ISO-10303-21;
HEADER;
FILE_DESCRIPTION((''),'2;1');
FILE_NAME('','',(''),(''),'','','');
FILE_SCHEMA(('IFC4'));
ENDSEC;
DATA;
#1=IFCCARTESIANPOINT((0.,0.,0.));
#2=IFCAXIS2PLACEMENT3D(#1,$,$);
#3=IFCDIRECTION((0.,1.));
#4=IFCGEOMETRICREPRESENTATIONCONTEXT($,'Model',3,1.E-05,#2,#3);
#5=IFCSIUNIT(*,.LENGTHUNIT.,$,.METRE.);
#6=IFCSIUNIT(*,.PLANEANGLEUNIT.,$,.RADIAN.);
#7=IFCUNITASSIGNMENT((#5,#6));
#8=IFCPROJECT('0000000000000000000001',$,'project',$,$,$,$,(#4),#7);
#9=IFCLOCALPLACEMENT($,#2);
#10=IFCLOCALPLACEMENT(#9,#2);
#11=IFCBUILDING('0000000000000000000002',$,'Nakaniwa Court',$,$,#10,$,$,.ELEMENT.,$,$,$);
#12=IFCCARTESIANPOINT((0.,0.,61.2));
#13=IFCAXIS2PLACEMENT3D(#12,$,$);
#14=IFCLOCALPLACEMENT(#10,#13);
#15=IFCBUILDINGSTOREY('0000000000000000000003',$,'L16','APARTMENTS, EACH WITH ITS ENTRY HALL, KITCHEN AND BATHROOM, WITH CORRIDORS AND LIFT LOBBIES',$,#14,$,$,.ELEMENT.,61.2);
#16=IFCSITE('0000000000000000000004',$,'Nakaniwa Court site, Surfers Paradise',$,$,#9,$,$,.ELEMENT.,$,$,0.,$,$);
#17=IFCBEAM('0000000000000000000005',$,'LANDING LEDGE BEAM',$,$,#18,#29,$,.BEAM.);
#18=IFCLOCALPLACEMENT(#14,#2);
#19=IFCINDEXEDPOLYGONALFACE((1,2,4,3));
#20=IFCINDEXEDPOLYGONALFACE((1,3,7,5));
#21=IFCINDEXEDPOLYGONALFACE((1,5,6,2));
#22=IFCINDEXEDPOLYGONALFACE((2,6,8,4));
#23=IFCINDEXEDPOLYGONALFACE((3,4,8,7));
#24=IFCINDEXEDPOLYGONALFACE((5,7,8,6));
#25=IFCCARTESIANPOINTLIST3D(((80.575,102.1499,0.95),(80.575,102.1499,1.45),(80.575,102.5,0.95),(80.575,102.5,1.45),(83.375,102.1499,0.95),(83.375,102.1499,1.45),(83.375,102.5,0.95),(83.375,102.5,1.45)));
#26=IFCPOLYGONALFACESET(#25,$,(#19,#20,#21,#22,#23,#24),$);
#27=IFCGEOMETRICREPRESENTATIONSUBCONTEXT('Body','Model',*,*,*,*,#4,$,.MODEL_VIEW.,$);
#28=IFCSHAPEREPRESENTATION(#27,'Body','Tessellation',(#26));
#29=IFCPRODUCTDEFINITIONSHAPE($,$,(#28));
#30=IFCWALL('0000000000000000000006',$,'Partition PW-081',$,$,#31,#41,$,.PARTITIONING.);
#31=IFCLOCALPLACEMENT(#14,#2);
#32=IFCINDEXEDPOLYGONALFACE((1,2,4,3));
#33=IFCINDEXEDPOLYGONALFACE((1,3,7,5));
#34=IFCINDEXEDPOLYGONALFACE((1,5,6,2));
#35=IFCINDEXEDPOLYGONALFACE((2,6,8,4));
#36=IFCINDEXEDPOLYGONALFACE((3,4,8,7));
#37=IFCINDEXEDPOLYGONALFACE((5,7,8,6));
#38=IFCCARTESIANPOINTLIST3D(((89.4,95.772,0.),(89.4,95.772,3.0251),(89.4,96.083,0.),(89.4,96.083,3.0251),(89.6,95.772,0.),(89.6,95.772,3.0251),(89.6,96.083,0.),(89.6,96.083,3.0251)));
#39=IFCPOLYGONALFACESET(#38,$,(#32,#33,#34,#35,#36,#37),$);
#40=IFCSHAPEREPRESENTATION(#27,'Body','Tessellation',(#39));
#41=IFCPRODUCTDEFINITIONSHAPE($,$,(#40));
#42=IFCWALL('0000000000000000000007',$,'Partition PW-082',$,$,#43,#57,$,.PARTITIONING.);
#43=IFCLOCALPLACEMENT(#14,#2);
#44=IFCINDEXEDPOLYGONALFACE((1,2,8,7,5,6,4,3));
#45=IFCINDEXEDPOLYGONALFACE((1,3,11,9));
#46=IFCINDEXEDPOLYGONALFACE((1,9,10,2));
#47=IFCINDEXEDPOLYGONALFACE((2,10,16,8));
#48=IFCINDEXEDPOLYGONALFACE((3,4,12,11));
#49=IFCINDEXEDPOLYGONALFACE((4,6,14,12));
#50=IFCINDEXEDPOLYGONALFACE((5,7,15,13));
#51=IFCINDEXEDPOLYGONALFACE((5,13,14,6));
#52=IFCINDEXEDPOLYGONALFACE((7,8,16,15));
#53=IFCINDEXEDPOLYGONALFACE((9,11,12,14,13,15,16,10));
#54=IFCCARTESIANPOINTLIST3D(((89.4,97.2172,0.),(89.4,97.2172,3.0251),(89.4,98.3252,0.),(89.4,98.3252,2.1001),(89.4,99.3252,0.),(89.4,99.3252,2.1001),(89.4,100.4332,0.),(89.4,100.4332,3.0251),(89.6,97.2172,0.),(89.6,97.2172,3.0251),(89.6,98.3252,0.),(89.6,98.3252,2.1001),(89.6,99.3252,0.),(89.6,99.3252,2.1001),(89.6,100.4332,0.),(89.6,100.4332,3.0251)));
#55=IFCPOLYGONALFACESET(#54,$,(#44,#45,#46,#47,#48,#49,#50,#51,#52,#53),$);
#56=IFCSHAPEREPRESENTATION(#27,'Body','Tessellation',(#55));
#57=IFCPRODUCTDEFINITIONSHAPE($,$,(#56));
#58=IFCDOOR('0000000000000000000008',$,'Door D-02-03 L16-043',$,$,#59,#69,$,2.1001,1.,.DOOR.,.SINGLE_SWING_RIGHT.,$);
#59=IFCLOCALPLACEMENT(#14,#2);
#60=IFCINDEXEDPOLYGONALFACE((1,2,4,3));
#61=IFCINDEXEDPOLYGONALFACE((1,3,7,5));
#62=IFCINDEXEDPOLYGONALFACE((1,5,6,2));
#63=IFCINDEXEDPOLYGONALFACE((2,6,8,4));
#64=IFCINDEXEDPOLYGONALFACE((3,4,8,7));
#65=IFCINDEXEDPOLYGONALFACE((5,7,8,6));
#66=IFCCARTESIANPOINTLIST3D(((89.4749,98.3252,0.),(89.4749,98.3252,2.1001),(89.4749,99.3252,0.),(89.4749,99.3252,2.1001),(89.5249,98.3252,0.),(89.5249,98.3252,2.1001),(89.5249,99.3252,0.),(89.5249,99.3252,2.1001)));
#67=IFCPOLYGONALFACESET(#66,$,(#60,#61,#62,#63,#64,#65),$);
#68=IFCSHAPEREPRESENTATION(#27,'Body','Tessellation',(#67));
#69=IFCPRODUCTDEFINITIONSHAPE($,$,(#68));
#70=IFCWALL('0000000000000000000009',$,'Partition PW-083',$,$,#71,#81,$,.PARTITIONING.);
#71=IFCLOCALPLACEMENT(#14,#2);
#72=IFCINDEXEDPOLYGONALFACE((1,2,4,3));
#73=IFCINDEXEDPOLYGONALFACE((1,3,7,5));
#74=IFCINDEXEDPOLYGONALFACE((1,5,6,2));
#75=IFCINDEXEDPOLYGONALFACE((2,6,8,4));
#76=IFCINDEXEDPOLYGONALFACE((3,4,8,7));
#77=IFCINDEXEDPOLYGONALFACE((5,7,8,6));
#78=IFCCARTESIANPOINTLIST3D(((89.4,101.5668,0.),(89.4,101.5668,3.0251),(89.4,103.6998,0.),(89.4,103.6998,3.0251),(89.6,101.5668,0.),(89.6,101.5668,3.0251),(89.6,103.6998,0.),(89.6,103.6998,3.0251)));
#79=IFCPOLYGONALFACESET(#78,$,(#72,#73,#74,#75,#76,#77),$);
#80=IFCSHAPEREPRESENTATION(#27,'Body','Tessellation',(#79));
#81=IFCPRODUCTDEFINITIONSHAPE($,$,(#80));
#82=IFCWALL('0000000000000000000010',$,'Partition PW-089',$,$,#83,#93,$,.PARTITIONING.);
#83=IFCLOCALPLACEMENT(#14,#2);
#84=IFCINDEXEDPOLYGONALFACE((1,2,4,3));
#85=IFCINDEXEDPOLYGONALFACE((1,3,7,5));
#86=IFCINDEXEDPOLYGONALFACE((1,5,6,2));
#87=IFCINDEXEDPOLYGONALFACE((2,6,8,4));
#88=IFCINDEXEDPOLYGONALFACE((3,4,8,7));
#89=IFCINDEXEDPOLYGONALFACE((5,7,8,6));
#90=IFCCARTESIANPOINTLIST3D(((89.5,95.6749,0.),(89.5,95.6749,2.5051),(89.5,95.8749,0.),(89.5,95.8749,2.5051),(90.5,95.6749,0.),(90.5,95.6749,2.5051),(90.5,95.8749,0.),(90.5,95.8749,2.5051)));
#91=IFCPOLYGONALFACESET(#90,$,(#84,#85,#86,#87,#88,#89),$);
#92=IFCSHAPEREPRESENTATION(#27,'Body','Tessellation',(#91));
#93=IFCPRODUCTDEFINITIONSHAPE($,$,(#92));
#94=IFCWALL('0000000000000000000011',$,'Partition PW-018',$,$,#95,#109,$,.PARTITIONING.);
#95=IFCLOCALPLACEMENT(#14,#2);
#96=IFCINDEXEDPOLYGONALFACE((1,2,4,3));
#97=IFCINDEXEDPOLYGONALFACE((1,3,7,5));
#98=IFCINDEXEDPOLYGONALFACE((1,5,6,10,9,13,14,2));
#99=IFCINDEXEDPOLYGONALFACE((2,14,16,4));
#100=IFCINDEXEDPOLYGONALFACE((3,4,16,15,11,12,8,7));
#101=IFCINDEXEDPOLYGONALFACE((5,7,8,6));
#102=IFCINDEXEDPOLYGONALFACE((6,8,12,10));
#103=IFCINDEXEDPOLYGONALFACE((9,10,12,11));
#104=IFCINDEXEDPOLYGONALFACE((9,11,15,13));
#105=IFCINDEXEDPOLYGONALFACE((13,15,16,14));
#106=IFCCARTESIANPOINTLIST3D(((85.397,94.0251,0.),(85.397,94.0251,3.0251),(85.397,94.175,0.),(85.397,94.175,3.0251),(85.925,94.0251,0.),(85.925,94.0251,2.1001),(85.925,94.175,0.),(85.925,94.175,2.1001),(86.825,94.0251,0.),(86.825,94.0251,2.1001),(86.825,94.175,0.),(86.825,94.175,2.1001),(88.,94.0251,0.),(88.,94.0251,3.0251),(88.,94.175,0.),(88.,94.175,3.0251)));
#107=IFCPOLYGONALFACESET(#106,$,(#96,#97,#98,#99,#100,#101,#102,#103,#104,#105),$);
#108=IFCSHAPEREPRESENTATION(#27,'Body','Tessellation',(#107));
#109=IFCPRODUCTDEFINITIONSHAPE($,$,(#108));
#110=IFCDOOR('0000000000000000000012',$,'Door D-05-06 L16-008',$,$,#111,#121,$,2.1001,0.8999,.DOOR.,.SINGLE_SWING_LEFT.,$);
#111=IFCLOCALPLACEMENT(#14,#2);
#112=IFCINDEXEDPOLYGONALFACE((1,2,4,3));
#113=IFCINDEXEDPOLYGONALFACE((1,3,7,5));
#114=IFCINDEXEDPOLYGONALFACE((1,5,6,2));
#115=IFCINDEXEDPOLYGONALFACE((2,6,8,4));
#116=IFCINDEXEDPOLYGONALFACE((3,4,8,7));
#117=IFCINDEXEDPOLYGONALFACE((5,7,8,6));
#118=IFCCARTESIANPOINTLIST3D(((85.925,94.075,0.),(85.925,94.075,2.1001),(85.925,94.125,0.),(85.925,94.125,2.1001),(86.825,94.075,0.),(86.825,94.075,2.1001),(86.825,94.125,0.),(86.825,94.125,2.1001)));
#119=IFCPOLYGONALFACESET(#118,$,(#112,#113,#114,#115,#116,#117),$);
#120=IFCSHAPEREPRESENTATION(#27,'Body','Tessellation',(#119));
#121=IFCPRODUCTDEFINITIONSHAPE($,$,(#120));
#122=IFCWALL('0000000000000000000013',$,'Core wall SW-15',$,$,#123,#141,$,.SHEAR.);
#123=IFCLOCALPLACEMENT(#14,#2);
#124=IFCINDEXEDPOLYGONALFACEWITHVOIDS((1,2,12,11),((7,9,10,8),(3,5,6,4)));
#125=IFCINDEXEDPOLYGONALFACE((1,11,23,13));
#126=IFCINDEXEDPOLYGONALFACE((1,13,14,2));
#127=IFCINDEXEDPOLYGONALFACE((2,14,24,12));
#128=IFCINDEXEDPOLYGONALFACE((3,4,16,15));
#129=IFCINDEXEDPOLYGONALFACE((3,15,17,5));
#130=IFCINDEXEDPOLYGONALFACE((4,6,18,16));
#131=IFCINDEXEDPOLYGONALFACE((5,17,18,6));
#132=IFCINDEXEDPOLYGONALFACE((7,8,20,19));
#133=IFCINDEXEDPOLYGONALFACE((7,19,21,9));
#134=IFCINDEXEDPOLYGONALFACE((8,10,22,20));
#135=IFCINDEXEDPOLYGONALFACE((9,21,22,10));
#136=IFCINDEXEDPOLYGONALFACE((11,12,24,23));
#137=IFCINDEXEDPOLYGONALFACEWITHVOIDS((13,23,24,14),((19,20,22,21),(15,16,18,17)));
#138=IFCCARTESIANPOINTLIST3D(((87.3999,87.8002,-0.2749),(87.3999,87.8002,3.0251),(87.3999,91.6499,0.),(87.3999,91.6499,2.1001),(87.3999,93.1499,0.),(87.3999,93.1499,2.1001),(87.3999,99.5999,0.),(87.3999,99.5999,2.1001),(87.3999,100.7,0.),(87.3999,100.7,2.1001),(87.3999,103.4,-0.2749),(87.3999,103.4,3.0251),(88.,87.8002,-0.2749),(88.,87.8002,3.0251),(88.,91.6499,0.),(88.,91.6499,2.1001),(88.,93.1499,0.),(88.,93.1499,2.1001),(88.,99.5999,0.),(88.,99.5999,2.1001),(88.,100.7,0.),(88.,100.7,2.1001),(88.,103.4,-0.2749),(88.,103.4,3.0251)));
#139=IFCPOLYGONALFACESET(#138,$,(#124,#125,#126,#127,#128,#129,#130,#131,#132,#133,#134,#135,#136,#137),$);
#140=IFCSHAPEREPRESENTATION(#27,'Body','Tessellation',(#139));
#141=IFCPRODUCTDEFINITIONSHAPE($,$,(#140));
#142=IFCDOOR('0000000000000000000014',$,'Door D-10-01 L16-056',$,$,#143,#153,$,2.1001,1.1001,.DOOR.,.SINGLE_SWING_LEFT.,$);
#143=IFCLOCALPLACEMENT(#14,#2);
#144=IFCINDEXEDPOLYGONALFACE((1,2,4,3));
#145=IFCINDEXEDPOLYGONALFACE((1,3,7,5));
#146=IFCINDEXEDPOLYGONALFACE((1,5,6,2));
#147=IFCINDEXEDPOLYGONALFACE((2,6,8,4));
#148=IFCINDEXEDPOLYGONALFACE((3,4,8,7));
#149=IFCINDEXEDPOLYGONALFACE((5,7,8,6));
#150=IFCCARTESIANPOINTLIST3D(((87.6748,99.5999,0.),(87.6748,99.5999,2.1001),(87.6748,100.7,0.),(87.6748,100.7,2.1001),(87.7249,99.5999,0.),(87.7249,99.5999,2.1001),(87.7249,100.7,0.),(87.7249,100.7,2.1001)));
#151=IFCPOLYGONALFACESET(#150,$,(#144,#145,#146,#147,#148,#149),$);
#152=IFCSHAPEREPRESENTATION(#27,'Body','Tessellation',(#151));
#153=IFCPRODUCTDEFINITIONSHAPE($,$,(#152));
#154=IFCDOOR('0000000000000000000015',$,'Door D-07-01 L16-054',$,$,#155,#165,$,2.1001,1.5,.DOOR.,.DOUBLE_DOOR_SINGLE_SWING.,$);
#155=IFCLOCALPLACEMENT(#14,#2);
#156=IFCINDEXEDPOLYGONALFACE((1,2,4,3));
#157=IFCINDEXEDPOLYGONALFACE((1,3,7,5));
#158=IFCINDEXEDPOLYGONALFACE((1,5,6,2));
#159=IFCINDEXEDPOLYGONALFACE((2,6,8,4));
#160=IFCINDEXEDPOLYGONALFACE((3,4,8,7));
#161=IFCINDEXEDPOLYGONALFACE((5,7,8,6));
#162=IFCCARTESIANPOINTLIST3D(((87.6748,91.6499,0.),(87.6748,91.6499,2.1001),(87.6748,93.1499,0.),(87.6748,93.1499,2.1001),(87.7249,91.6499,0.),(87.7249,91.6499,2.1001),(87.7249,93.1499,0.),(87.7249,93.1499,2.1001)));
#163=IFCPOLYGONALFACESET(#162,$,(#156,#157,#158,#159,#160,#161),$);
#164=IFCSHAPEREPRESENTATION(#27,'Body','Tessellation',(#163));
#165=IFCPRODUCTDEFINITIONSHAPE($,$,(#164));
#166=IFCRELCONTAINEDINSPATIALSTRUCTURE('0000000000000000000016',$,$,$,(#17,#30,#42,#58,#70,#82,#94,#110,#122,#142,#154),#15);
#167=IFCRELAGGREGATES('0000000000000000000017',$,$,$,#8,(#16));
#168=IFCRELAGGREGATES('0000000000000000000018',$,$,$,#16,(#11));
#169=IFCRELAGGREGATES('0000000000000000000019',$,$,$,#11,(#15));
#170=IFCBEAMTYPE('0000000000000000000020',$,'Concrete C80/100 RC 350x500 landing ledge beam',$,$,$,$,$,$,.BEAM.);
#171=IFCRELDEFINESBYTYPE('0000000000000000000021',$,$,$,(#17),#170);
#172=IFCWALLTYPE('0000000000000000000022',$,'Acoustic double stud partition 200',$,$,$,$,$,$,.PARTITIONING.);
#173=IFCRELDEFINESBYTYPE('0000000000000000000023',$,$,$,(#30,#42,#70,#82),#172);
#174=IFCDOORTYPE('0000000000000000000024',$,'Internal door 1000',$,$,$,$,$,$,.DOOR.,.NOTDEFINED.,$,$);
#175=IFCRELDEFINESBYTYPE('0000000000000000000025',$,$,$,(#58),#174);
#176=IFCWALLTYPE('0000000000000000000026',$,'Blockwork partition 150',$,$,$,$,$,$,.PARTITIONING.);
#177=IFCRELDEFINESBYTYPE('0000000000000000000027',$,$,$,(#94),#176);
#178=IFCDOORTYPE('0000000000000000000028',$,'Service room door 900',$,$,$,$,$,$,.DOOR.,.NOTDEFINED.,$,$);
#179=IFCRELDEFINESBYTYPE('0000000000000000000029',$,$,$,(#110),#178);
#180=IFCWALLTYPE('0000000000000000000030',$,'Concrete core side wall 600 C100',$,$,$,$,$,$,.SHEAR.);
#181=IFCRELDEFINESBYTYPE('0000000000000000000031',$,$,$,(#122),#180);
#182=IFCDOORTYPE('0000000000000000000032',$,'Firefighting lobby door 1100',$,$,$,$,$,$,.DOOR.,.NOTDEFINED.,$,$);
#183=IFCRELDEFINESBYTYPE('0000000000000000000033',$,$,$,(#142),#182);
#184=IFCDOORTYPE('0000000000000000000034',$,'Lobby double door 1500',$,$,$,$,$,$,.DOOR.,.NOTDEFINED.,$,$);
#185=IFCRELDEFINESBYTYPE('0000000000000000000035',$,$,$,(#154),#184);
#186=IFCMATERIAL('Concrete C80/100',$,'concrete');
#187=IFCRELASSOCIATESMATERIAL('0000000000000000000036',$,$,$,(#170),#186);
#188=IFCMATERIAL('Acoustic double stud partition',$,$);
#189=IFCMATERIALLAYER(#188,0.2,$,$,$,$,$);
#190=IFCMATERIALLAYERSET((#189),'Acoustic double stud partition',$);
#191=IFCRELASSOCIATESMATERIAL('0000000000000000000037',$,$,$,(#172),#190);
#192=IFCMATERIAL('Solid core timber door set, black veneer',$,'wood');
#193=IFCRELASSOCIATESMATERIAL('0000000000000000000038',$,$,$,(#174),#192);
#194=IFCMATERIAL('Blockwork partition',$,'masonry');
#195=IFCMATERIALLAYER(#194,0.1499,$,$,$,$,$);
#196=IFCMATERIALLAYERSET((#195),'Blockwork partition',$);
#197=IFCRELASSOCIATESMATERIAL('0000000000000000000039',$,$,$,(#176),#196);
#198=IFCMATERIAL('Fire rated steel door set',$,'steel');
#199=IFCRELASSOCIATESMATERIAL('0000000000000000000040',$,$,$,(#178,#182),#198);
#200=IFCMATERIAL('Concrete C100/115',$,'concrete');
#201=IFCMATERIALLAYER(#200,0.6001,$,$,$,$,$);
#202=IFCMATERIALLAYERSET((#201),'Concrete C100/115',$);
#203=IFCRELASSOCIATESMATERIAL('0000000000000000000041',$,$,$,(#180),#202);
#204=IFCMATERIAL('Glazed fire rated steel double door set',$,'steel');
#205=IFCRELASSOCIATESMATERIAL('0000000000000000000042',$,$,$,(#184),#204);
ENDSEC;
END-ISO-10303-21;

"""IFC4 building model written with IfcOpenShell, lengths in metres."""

from ifc_helpers import new_model, si_unit, direction, frame, frame_2d, origin, origin_2d, place, context, subcontext, project, spatial, rectangle, extrude, material, layer, layer_set, material_profile, profile_set, type_object, element, fill, save


model = new_model("IFC4")

# Units and contexts
model_context = context("Model", 3, precision=1e-05, world=origin(), true_north=direction((0.0, 1.0)))
body_context = subcontext(model_context, "Body", "Model", "MODEL_VIEW")
ifc_project = project(units=[si_unit("LENGTHUNIT", "METRE"), si_unit("PLANEANGLEUNIT", "RADIAN")], contexts=[model_context])

# Site, building, storey
site_placement = place(None, origin())
site = spatial("IfcSite", under=ifc_project, at=site_placement, Name="Nakaniwa Court site, Surfers Paradise", CompositionType="ELEMENT", RefElevation=0.0)
building_placement = place(site_placement, origin())
building = spatial("IfcBuilding", under=site, at=building_placement, Name="Nakaniwa Court", CompositionType="ELEMENT")
storey_placement = place(building_placement, frame((0.0, 0.0, 61.2)))
storey = spatial("IfcBuildingStorey", under=building, at=storey_placement, Name="L16", Description="APARTMENTS, EACH WITH ITS ENTRY HALL, KITCHEN AND BATHROOM, WITH CORRIDORS AND LIFT LOBBIES", CompositionType="ELEMENT", Elevation=61.2)

# Beam
ifc_material_1 = material(Name="Concrete C80/100", Category="concrete")
ifc_material_profile = material_profile(ifc_material_1, rectangle(XDim=0.3501, YDim=0.5, at=origin_2d()), Name="Concrete C80/100 RC 350x500 landing ledge beam")
ifc_profile_set = profile_set([ifc_material_profile], Name="Concrete C80/100")
beam_type = type_object("IfcBeamType", Name="Concrete C80/100 RC 350x500 landing ledge beam", PredefinedType="BEAM", material=ifc_profile_set)
beam_placement = place(storey_placement, frame((80.575, 102.325, 1.2), z_axis=(1.0, 0.0, 0.0), x_axis=(0.0, 1.0, 0.0)))
element("IfcBeam", 1, at=beam_placement, inside=storey, type_object=beam_type, Name="LANDING LEDGE BEAM", PredefinedType="BEAM", context=body_context, shape_type="SweptSolid", body=[
    extrude(rectangle(XDim=0.3501, YDim=0.5, at=origin_2d()), origin(), (0.0, 0.0, 1.0), 2.8),
])

# Wall
ifc_material_2 = material(Name="Acoustic double stud partition")
ifc_layer_1 = layer(ifc_material_2, 0.2)
ifc_layer_set_1 = layer_set([ifc_layer_1], Name="Acoustic double stud partition")
wall_type_1 = type_object("IfcWallType", Name="Acoustic double stud partition 200", PredefinedType="PARTITIONING", material=ifc_layer_set_1)
wall_1_placement = place(storey_placement, frame((89.5, 95.772, 0.0), z_axis=(0.0, 0.0, 1.0), x_axis=(0.0, 1.0, 0.0)))
element("IfcWall", 2, at=wall_1_placement, inside=storey, type_object=wall_type_1, Name="Partition PW-081", PredefinedType="PARTITIONING", context=body_context, shape_type="SweptSolid", body=[
    extrude(rectangle(XDim=0.311, YDim=0.2, at=frame_2d((0.1555, 0.0))), origin(), (0.0, 0.0, 1.0), 3.0251),
])

# Wall, opening, door
wall_2_placement = place(storey_placement, frame((89.5, 100.4331, 0.0), z_axis=(0.0, 0.0, 1.0), x_axis=(0.0, -1.0, 0.0)))
wall_2 = element("IfcWall", 3, at=wall_2_placement, inside=storey, type_object=wall_type_1, Name="Partition PW-082", PredefinedType="PARTITIONING", context=body_context, shape_type="SweptSolid", body=[
    extrude(rectangle(XDim=3.2161, YDim=0.2, at=frame_2d((1.6079, 0.0))), origin(), (0.0, 0.0, 1.0), 3.0251),
])
opening_1_placement = place(wall_2_placement, frame((1.1079, 0.0, 0.0)))
opening_1 = element("IfcOpeningElement", 4, at=opening_1_placement, cuts=wall_2, PredefinedType="OPENING", context=body_context, shape_type="SweptSolid", body=[
    extrude(rectangle(XDim=1.0, YDim=2.1001, at=frame_2d((0.5, 1.05))), frame((0.0, 0.1099, 0.0), z_axis=(0.0, -1.0, 0.0), x_axis=(1.0, 0.0, 0.0)), (0.0, 0.0, 1.0), 0.22),
])
ifc_material_3 = material(Name="Solid core timber door set, black veneer", Category="wood")
door_type_1 = type_object("IfcDoorType", Name="Internal door 1000", OperationType="NOTDEFINED", PredefinedType="DOOR", material=ifc_material_3)
door_1_placement = place(opening_1_placement, origin())
door_1 = element("IfcDoor", 5, at=door_1_placement, inside=storey, type_object=door_type_1, Name="Door D-02-03 L16-043", OperationType="SINGLE_SWING_RIGHT", OverallHeight=2.1001, OverallWidth=1.0, PredefinedType="DOOR", context=body_context, shape_type="SweptSolid", body=[
    extrude(rectangle(XDim=1.0, YDim=2.1001, at=frame_2d((0.5, 1.05))), frame((0.0, 0.0249, 0.0), z_axis=(0.0, -1.0, 0.0), x_axis=(1.0, 0.0, 0.0)), (0.0, 0.0, 1.0), 0.05),
])
fill(opening_1, door_1)

# Walls
wall_3_placement = place(storey_placement, frame((89.5, 101.5669, 0.0), z_axis=(0.0, 0.0, 1.0), x_axis=(0.0, 1.0, 0.0)))
element("IfcWall", 6, at=wall_3_placement, inside=storey, type_object=wall_type_1, Name="Partition PW-083", PredefinedType="PARTITIONING", context=body_context, shape_type="SweptSolid", body=[
    extrude(rectangle(XDim=2.1331, YDim=0.2, at=frame_2d((1.0664, 0.0))), origin(), (0.0, 0.0, 1.0), 3.0251),
])
wall_4_placement = place(storey_placement, frame((89.5, 95.7749, 0.0), z_axis=(0.0, 0.0, 1.0), x_axis=(1.0, 0.0, 0.0)))
element("IfcWall", 7, at=wall_4_placement, inside=storey, type_object=wall_type_1, Name="Partition PW-089", PredefinedType="PARTITIONING", context=body_context, shape_type="SweptSolid", body=[
    extrude(rectangle(XDim=1.0, YDim=0.2, at=frame_2d((0.5, 0.0))), origin(), (0.0, 0.0, 1.0), 2.5051),
])

# Wall, opening, door
ifc_material_4 = material(Name="Blockwork partition", Category="masonry")
ifc_layer_2 = layer(ifc_material_4, 0.1499)
ifc_layer_set_2 = layer_set([ifc_layer_2], Name="Blockwork partition")
wall_type_2 = type_object("IfcWallType", Name="Blockwork partition 150", PredefinedType="PARTITIONING", material=ifc_layer_set_2)
wall_5_placement = place(storey_placement, frame((85.397, 94.1001, 0.0), z_axis=(0.0, 0.0, 1.0), x_axis=(1.0, 0.0, 0.0)))
wall_5 = element("IfcWall", 8, at=wall_5_placement, inside=storey, type_object=wall_type_2, Name="Partition PW-018", PredefinedType="PARTITIONING", context=body_context, shape_type="SweptSolid", body=[
    extrude(rectangle(XDim=2.603, YDim=0.1499, at=frame_2d((1.3015, 0.0))), origin(), (0.0, 0.0, 1.0), 3.0251),
])
opening_2_placement = place(wall_5_placement, frame((0.5281, 0.0, 0.0)))
opening_2 = element("IfcOpeningElement", 9, at=opening_2_placement, cuts=wall_5, PredefinedType="OPENING", context=body_context, shape_type="SweptSolid", body=[
    extrude(rectangle(XDim=0.8999, YDim=2.1001, at=frame_2d((0.45, 1.05))), frame((0.0, 0.085, 0.0), z_axis=(0.0, -1.0, 0.0), x_axis=(1.0, 0.0, 0.0)), (0.0, 0.0, 1.0), 0.1699),
])
ifc_material_5 = material(Name="Fire rated steel door set", Category="steel")
door_type_2 = type_object("IfcDoorType", Name="Service room door 900", OperationType="NOTDEFINED", PredefinedType="DOOR", material=ifc_material_5)
door_2_placement = place(opening_2_placement, origin())
door_2 = element("IfcDoor", 10, at=door_2_placement, inside=storey, type_object=door_type_2, Name="Door D-05-06 L16-008", OperationType="SINGLE_SWING_LEFT", OverallHeight=2.1001, OverallWidth=0.8999, PredefinedType="DOOR", context=body_context, shape_type="SweptSolid", body=[
    extrude(rectangle(XDim=0.8999, YDim=2.1001, at=frame_2d((0.45, 1.05))), frame((0.0, 0.0249, 0.0), z_axis=(0.0, -1.0, 0.0), x_axis=(1.0, 0.0, 0.0)), (0.0, 0.0, 1.0), 0.05),
])
fill(opening_2, door_2)

# Wall, openings, doors
ifc_material_6 = material(Name="Concrete C100/115", Category="concrete")
ifc_layer_3 = layer(ifc_material_6, 0.6001)
ifc_layer_set_3 = layer_set([ifc_layer_3], Name="Concrete C100/115")
wall_type_3 = type_object("IfcWallType", Name="Concrete core side wall 600 C100", PredefinedType="SHEAR", material=ifc_layer_set_3)
wall_6_placement = place(storey_placement, frame((87.7, 103.3999, -0.2749), z_axis=(0.0, 0.0, 1.0), x_axis=(0.0, -1.0, 0.0)))
wall_6 = element("IfcWall", 11, at=wall_6_placement, inside=storey, type_object=wall_type_3, Name="Core wall SW-15", PredefinedType="SHEAR", context=body_context, shape_type="SweptSolid", body=[
    extrude(rectangle(XDim=15.5999, YDim=0.6001, at=frame_2d((7.7998, 0.0))), origin(), (0.0, 0.0, 1.0), 3.3),
])
opening_3_placement = place(wall_6_placement, frame((10.25, 0.0, 0.2749)))
opening_3 = element("IfcOpeningElement", 12, at=opening_3_placement, cuts=wall_6, PredefinedType="OPENING", context=body_context, shape_type="SweptSolid", body=[
    extrude(rectangle(XDim=1.5, YDim=2.1001, at=frame_2d((0.75, 1.05))), frame((0.0, 0.3101, 0.0), z_axis=(0.0, -1.0, 0.0), x_axis=(1.0, 0.0, 0.0)), (0.0, 0.0, 1.0), 0.6201),
])
opening_4_placement = place(wall_6_placement, frame((2.7, 0.0, 0.2749)))
opening_4 = element("IfcOpeningElement", 13, at=opening_4_placement, cuts=wall_6, PredefinedType="OPENING", context=body_context, shape_type="SweptSolid", body=[
    extrude(rectangle(XDim=1.1001, YDim=2.1001, at=frame_2d((0.55, 1.05))), frame((0.0, 0.3101, 0.0), z_axis=(0.0, -1.0, 0.0), x_axis=(1.0, 0.0, 0.0)), (0.0, 0.0, 1.0), 0.6201),
])
door_type_3 = type_object("IfcDoorType", Name="Firefighting lobby door 1100", OperationType="NOTDEFINED", PredefinedType="DOOR", material=ifc_material_5)
door_3_placement = place(opening_4_placement, origin())
door_3 = element("IfcDoor", 14, at=door_3_placement, inside=storey, type_object=door_type_3, Name="Door D-10-01 L16-056", OperationType="SINGLE_SWING_LEFT", OverallHeight=2.1001, OverallWidth=1.1001, PredefinedType="DOOR", context=body_context, shape_type="SweptSolid", body=[
    extrude(rectangle(XDim=1.1001, YDim=2.1001, at=frame_2d((0.55, 1.05))), frame((0.0, 0.0249, 0.0), z_axis=(0.0, -1.0, 0.0), x_axis=(1.0, 0.0, 0.0)), (0.0, 0.0, 1.0), 0.05),
])
fill(opening_4, door_3)
ifc_material_7 = material(Name="Glazed fire rated steel double door set", Category="steel")
door_type_4 = type_object("IfcDoorType", Name="Lobby double door 1500", OperationType="NOTDEFINED", PredefinedType="DOOR", material=ifc_material_7)
door_4_placement = place(opening_3_placement, origin())
door_4 = element("IfcDoor", 15, at=door_4_placement, inside=storey, type_object=door_type_4, Name="Door D-07-01 L16-054", OperationType="DOUBLE_DOOR_SINGLE_SWING", OverallHeight=2.1001, OverallWidth=1.5, PredefinedType="DOOR", context=body_context, shape_type="SweptSolid", body=[
    extrude(rectangle(XDim=1.5, YDim=2.1001, at=frame_2d((0.75, 1.05))), frame((0.0, 0.0249, 0.0), z_axis=(0.0, -1.0, 0.0), x_axis=(1.0, 0.0, 0.0)), (0.0, 0.0, 1.0), 0.05),
])
fill(opening_3, door_4)

save(model, "model.ifc")
